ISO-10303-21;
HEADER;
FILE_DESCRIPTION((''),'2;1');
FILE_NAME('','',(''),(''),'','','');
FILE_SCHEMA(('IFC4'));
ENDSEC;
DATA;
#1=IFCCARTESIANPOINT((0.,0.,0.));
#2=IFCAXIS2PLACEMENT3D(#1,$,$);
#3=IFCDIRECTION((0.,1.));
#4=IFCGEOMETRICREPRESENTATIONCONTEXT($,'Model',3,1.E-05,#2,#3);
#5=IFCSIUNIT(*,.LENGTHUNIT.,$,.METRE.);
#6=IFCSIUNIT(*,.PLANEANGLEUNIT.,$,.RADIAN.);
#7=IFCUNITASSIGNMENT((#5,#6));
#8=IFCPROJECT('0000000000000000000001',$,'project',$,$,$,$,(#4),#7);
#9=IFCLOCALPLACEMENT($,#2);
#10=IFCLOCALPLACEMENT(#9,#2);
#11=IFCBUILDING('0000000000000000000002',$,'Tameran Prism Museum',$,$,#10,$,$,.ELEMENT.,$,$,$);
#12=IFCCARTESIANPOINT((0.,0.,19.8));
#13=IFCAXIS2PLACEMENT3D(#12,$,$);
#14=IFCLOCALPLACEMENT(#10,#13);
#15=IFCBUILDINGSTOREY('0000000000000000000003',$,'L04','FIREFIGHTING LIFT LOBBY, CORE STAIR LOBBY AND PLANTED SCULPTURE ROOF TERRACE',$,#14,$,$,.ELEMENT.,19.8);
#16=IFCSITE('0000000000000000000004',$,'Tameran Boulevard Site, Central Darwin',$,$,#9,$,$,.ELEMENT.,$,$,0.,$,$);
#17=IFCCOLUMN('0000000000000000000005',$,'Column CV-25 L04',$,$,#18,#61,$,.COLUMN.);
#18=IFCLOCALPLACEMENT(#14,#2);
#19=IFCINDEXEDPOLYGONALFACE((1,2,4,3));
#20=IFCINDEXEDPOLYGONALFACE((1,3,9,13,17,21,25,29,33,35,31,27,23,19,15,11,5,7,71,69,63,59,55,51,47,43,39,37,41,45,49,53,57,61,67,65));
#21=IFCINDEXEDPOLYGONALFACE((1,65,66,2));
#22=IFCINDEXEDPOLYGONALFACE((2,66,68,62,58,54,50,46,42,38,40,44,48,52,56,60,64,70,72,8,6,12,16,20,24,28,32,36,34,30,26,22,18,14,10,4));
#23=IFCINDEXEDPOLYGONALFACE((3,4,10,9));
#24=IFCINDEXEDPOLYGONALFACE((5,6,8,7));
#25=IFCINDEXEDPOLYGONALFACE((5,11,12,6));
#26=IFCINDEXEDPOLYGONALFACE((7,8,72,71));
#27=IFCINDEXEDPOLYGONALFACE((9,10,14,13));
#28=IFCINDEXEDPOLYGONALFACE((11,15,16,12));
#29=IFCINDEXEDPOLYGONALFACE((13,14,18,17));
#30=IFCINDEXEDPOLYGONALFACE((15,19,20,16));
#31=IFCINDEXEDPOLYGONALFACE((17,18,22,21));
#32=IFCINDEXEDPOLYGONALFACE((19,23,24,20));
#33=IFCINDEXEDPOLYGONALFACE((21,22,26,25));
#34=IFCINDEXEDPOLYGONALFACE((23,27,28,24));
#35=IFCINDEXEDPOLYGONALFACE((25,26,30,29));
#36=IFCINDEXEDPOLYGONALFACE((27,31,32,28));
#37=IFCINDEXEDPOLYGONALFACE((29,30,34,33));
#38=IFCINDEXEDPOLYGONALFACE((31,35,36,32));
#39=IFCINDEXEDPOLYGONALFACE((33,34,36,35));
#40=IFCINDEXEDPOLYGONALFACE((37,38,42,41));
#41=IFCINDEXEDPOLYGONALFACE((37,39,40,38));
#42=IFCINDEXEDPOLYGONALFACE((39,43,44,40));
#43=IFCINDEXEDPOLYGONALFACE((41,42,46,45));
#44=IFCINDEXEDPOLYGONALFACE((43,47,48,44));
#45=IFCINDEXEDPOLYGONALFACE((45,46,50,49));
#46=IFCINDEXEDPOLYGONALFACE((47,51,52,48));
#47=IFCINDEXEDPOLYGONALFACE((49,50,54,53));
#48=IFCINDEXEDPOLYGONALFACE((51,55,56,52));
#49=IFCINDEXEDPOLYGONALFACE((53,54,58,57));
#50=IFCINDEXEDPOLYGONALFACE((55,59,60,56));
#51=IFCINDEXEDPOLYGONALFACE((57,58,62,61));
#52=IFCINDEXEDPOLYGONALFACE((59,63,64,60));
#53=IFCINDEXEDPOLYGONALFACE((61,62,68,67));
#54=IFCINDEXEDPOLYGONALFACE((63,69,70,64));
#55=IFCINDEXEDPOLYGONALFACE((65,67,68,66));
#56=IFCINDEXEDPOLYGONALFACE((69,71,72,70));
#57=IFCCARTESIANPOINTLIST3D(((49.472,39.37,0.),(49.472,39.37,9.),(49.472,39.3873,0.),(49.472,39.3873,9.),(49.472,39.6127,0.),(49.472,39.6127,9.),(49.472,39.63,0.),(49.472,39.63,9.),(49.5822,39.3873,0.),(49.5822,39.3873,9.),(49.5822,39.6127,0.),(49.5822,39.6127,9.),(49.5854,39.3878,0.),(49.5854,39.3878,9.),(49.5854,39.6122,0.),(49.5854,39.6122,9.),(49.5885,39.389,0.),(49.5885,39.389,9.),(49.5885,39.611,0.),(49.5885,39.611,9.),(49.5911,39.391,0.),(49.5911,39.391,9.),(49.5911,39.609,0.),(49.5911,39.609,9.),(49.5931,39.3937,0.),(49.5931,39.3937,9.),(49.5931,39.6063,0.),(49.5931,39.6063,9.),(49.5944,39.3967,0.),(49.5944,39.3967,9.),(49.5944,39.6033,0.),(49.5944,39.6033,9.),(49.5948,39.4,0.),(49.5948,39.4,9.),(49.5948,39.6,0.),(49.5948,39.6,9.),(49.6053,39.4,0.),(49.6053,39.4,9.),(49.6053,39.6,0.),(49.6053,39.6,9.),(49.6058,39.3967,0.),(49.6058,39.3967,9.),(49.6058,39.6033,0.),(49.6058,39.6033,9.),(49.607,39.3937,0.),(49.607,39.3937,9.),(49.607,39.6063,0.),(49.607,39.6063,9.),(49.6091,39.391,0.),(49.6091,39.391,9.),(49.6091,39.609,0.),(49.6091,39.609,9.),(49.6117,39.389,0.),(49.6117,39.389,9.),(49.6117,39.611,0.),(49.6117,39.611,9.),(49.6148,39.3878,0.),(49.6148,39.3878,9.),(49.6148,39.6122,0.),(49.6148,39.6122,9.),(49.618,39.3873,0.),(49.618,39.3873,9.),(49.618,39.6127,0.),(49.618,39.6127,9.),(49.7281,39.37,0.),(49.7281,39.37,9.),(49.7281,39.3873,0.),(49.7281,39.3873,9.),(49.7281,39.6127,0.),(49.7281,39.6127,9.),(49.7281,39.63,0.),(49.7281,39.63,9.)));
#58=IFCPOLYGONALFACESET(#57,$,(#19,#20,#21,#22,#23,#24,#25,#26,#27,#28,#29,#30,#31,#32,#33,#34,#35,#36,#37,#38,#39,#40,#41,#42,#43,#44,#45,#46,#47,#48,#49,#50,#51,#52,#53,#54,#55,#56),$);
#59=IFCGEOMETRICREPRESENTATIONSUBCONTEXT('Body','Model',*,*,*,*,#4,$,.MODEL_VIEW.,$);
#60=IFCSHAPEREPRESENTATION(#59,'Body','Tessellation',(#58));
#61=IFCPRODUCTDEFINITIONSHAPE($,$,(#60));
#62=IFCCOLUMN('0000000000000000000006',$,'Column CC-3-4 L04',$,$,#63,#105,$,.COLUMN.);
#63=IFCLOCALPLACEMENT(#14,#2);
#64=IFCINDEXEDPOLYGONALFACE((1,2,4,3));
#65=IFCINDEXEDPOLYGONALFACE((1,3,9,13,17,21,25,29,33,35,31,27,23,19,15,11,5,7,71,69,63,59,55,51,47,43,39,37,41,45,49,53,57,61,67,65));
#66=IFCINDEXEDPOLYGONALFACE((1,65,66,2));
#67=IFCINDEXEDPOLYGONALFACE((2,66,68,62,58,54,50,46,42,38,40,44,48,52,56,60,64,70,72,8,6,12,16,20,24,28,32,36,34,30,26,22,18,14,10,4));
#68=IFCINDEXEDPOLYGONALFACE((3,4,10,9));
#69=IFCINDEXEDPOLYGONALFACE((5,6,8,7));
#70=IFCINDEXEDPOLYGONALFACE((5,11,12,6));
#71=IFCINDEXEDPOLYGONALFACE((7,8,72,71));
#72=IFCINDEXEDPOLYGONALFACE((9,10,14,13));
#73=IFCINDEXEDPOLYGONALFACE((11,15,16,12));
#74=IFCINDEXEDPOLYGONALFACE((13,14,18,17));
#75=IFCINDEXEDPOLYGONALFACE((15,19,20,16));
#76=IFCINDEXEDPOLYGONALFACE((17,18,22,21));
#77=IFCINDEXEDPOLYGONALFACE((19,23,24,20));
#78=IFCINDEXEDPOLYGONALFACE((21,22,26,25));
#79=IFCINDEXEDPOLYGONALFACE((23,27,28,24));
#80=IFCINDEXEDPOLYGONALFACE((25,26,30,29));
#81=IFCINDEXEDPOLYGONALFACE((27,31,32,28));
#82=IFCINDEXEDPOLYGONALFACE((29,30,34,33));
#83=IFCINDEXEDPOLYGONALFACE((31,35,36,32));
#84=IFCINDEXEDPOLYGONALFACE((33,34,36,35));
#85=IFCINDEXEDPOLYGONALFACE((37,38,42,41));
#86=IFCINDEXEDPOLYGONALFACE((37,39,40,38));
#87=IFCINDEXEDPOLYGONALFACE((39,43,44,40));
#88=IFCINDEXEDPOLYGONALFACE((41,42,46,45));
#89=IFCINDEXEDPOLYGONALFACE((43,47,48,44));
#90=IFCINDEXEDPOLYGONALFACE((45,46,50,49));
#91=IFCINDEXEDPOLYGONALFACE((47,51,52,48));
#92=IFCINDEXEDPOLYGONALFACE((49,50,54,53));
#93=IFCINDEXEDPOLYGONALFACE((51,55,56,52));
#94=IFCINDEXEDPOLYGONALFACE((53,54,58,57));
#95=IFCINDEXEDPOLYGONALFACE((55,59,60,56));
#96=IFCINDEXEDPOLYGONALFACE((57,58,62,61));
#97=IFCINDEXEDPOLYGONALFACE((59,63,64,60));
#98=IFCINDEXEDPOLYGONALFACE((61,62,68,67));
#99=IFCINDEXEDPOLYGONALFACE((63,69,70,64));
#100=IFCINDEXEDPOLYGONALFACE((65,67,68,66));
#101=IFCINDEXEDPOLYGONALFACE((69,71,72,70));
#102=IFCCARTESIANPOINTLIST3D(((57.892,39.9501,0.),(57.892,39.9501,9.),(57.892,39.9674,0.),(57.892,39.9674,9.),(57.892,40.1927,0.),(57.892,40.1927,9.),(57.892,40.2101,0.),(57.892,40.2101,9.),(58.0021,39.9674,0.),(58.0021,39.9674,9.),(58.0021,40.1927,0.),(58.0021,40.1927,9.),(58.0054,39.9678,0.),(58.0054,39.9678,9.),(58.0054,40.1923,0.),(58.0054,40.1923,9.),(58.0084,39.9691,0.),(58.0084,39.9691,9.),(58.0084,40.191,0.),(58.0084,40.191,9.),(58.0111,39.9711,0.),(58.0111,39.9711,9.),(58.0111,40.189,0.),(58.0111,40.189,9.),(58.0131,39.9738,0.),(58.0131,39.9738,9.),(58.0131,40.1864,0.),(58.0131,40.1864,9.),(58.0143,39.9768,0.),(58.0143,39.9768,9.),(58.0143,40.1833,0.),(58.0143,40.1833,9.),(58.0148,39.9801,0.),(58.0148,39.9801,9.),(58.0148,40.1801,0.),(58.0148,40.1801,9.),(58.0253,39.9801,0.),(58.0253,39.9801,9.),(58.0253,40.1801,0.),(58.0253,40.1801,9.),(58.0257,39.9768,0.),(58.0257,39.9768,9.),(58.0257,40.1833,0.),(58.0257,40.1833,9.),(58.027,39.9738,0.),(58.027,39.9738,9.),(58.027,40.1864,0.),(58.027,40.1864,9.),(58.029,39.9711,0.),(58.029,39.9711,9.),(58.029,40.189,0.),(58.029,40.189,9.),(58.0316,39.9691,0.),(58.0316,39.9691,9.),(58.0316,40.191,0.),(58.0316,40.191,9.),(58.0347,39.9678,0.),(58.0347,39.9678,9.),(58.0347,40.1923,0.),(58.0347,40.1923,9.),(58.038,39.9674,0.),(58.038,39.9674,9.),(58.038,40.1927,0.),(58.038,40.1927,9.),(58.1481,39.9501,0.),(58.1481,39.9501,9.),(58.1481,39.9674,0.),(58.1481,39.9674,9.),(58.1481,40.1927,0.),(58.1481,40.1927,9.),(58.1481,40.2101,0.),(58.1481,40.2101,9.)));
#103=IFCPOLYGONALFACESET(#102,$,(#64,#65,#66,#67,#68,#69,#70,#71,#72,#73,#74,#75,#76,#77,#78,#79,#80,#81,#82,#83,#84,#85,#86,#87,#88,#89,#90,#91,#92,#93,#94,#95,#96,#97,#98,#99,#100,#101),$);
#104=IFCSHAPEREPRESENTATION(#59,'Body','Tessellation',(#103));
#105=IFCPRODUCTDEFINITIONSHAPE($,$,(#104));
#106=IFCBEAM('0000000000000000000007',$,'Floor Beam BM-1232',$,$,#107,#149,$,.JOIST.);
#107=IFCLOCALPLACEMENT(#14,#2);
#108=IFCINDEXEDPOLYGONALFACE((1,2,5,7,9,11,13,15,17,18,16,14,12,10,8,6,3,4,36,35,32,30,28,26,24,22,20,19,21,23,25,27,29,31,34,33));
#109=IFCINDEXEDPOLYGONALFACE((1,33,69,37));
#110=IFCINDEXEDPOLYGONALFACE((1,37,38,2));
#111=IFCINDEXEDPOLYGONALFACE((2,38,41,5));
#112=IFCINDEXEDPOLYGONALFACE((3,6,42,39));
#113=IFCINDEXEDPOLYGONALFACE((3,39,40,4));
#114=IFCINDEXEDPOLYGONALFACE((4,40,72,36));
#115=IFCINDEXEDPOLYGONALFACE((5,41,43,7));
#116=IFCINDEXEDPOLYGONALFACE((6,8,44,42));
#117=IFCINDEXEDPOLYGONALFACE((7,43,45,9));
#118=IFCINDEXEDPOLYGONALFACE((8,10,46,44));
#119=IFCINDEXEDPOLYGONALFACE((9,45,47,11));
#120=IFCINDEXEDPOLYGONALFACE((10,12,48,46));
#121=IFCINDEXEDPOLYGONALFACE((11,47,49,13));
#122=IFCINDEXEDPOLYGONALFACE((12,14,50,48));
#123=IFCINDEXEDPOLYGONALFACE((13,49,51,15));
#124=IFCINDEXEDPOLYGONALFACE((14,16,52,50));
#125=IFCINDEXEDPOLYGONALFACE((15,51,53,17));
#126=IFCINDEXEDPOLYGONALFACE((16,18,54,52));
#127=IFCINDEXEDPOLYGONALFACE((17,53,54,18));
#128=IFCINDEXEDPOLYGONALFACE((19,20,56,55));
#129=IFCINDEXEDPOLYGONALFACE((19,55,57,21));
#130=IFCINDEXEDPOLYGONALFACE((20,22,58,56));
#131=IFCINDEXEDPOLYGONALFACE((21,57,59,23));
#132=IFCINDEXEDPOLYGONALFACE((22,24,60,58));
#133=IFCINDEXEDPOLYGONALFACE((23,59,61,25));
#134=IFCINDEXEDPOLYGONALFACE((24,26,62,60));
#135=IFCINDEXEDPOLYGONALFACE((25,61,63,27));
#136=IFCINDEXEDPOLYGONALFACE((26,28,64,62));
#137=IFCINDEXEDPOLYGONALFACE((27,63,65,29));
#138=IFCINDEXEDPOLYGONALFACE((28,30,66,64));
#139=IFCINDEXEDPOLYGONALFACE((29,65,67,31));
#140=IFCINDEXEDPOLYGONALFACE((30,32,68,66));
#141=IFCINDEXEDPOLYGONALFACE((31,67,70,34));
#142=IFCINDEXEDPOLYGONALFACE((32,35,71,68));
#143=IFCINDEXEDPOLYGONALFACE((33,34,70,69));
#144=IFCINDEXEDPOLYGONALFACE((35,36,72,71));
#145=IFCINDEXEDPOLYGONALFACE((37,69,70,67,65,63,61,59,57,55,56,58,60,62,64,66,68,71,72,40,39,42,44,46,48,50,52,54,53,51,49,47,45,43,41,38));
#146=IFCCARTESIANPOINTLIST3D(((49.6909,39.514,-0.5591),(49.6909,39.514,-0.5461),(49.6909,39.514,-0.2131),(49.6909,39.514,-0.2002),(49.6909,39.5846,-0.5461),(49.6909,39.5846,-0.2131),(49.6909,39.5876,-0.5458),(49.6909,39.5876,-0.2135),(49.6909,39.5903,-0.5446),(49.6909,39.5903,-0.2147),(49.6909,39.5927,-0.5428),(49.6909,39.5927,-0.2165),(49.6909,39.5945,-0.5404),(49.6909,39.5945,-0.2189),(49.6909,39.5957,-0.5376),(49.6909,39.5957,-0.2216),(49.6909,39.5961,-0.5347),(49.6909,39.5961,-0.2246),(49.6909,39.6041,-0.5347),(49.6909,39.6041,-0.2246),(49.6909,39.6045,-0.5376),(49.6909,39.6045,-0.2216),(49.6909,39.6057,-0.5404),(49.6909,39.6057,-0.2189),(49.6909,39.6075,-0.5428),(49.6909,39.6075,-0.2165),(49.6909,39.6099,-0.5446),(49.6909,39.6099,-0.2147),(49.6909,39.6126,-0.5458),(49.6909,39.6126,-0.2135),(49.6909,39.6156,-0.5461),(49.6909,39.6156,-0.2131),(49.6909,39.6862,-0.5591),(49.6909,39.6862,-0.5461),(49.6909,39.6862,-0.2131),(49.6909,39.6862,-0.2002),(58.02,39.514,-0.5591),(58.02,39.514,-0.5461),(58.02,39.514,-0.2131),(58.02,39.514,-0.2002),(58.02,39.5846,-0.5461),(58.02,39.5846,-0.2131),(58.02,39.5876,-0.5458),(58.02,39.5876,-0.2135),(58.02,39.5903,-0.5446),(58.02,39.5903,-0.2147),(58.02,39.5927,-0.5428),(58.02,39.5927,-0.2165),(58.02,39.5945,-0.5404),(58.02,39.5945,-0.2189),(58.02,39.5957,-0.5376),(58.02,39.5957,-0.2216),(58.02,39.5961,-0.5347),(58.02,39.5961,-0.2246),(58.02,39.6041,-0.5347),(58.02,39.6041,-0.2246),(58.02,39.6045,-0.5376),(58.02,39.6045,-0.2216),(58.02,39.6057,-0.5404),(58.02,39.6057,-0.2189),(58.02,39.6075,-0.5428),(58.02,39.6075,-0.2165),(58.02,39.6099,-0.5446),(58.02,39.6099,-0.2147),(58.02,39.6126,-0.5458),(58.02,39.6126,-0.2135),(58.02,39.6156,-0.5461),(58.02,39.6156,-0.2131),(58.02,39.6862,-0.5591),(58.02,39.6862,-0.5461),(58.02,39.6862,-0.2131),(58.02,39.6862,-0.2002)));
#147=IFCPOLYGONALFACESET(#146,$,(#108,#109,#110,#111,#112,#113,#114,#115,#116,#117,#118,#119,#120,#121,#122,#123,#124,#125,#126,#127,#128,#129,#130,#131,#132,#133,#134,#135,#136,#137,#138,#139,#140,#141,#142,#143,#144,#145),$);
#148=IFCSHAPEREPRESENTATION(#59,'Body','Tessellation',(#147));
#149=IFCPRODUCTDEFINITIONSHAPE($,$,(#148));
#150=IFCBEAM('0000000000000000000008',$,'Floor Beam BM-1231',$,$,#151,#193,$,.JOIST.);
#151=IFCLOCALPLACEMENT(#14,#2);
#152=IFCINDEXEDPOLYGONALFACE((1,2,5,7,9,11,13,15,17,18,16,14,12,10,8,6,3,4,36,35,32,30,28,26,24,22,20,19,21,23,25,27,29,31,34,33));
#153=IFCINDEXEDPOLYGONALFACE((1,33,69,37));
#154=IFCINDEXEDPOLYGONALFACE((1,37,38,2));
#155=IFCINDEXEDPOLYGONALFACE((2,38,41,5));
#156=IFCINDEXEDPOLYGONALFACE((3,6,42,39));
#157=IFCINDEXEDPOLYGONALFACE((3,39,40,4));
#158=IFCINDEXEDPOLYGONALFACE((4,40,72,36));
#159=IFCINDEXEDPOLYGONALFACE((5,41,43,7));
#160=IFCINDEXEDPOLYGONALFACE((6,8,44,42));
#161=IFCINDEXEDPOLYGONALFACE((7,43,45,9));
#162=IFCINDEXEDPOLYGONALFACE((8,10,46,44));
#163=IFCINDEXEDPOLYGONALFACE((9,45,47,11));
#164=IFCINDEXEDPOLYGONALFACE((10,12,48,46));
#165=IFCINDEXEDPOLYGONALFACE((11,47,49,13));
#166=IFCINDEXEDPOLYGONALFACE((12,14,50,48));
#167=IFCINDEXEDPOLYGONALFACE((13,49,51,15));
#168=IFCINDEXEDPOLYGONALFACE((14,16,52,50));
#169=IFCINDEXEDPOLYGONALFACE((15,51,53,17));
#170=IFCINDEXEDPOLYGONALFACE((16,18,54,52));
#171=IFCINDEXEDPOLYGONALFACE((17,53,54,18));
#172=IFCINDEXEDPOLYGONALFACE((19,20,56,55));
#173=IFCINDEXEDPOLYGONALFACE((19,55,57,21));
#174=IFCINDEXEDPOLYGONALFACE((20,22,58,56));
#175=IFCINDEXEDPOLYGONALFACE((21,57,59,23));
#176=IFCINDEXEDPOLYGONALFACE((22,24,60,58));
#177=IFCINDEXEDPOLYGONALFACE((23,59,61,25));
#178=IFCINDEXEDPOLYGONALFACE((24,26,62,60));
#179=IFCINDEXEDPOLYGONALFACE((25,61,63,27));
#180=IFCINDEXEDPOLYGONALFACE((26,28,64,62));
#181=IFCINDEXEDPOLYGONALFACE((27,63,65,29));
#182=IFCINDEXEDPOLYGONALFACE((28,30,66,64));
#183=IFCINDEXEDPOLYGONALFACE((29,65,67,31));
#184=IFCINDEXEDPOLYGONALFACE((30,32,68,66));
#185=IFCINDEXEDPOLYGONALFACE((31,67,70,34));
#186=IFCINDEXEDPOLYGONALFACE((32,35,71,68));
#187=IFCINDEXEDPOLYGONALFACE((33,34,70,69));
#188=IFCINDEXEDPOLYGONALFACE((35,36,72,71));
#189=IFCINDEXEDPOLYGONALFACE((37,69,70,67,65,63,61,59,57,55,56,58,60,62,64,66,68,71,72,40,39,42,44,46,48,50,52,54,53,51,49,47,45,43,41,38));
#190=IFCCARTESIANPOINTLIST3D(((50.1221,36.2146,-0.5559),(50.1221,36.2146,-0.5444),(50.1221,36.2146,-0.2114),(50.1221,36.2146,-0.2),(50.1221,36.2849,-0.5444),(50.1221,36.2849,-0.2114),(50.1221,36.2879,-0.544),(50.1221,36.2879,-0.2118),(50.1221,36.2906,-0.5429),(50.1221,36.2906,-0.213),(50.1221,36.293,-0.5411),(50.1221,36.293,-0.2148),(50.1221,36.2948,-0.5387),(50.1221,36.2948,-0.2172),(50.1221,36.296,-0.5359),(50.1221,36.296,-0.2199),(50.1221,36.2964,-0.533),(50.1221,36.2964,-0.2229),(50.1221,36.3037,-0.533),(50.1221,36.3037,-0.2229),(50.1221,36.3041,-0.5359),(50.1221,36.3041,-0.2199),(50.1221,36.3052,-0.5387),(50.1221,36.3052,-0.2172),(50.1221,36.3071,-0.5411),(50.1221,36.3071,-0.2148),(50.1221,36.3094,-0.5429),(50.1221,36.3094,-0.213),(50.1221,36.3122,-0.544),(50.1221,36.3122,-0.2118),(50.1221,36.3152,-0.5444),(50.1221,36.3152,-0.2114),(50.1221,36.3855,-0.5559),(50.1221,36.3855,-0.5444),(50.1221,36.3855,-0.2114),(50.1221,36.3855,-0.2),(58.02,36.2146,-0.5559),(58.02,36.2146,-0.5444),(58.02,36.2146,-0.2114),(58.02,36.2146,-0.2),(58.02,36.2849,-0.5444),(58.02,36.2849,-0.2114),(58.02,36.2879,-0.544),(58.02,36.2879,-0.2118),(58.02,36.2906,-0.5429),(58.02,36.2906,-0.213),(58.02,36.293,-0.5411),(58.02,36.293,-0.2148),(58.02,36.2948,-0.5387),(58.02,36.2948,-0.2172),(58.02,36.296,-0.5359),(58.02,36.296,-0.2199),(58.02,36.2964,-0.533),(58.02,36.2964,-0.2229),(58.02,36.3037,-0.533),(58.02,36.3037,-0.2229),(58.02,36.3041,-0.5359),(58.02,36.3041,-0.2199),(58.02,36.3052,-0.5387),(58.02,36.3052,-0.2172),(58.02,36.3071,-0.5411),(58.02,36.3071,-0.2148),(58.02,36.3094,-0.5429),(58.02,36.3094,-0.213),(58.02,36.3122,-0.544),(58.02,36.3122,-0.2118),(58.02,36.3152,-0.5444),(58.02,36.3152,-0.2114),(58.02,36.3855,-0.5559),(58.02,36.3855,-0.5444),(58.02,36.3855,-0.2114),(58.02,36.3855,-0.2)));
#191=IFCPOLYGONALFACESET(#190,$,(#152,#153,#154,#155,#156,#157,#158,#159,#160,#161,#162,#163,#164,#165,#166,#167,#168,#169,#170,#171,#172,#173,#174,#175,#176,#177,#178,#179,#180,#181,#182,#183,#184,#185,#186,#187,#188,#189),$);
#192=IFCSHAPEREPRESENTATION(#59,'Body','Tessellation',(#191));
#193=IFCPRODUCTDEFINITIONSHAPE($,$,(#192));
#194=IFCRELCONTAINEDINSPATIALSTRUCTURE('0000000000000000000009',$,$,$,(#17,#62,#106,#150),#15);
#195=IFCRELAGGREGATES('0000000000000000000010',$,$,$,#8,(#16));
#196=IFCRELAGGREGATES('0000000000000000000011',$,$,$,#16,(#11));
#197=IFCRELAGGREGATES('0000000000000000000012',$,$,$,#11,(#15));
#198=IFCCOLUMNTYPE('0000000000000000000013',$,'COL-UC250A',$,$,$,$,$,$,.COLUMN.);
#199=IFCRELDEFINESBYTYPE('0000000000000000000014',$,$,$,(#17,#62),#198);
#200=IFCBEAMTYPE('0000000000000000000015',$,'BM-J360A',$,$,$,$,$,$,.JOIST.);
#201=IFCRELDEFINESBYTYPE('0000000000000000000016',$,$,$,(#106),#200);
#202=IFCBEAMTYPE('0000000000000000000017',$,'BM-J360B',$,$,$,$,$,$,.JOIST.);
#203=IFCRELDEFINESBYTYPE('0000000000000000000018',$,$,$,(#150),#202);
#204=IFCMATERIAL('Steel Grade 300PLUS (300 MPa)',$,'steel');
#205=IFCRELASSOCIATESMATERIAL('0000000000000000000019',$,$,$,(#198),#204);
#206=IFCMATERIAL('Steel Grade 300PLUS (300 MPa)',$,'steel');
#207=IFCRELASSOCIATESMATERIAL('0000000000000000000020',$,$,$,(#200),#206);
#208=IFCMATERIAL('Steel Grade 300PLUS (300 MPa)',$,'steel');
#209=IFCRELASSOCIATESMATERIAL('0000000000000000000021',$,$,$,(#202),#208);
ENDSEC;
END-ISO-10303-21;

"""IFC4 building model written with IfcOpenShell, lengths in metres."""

from ifc_helpers import new_model, si_unit, direction, frame, origin, origin_2d, place, context, subcontext, project, spatial, i_section, extrude, material, material_profile, profile_set, type_object, element, save


model = new_model("IFC4")

# Units and contexts
model_context = context("Model", 3, precision=1e-05, world=origin(), true_north=direction((0.0, 1.0)))
body_context = subcontext(model_context, "Body", "Model", "MODEL_VIEW")
ifc_project = project(units=[si_unit("LENGTHUNIT", "METRE"), si_unit("PLANEANGLEUNIT", "RADIAN")], contexts=[model_context])

# Site, building, storey
site_placement = place(None, origin())
site = spatial("IfcSite", under=ifc_project, at=site_placement, Name="Tameran Boulevard Site, Central Darwin", CompositionType="ELEMENT", RefElevation=0.0)
building_placement = place(site_placement, origin())
building = spatial("IfcBuilding", under=site, at=building_placement, Name="Tameran Prism Museum", CompositionType="ELEMENT")
storey_placement = place(building_placement, frame((0.0, 0.0, 19.8)))
storey = spatial("IfcBuildingStorey", under=building, at=storey_placement, Name="L04", Description="FIREFIGHTING LIFT LOBBY, CORE STAIR LOBBY AND PLANTED SCULPTURE ROOF TERRACE", CompositionType="ELEMENT", Elevation=19.8)

# Columns
ifc_material_1 = material(Name="Steel Grade 300PLUS (300 MPa)", Category="steel")
ifc_material_profile_1 = material_profile(ifc_material_1, i_section(OverallWidth=0.2561, OverallDepth=0.26, WebThickness=0.0105, FlangeThickness=0.0173, FilletRadius=0.0127, at=origin_2d()))
ifc_profile_set_1 = profile_set([ifc_material_profile_1])
column_type = type_object("IfcColumnType", Name="COL-UC250A", PredefinedType="COLUMN", material=ifc_profile_set_1)
for number, where, z_axis, x_axis, name in (
    (1, (49.6001, 39.5, 0.0), (0.0, 0.0, 1.0), (1.0, 0.0, 0.0), "Column CV-25 L04"),
    (2, (58.02, 40.0801, 0.0), (0.0, 0.0, 1.0), (1.0, 0.0, 0.0), "Column CC-3-4 L04"),
):
    element("IfcColumn", number, at=place(storey_placement, frame(where, z_axis=z_axis, x_axis=x_axis)), inside=storey, type_object=column_type, Name=name, PredefinedType="COLUMN", context=body_context, shape_type="SweptSolid", body=[
        extrude(i_section(OverallWidth=0.2561, OverallDepth=0.26, WebThickness=0.0105, FlangeThickness=0.0173, FilletRadius=0.0127, at=origin_2d()), origin(), (0.0, 0.0, 1.0), 9.0),
    ])

# Beams
ifc_material_2 = material(Name="Steel Grade 300PLUS (300 MPa)", Category="steel")
ifc_material_profile_2 = material_profile(ifc_material_2, i_section(OverallWidth=0.1721, OverallDepth=0.3589, WebThickness=0.0081, FlangeThickness=0.0129, FilletRadius=0.0115, at=origin_2d()))
ifc_profile_set_2 = profile_set([ifc_material_profile_2])
beam_type_1 = type_object("IfcBeamType", Name="BM-J360A", PredefinedType="JOIST", material=ifc_profile_set_2)
beam_1_placement = place(storey_placement, frame((49.6909, 39.6001, -0.3796), z_axis=(1.0, 0.0, 0.0), x_axis=(0.0, 1.0, 0.0)))
element("IfcBeam", 3, at=beam_1_placement, inside=storey, type_object=beam_type_1, Name="Floor Beam BM-1232", PredefinedType="JOIST", context=body_context, shape_type="SweptSolid", body=[
    extrude(i_section(OverallWidth=0.1721, OverallDepth=0.3589, WebThickness=0.0081, FlangeThickness=0.0129, FilletRadius=0.0115, at=origin_2d()), origin(), (0.0, 0.0, 1.0), 8.3291),
])
ifc_material_3 = material(Name="Steel Grade 300PLUS (300 MPa)", Category="steel")
ifc_material_profile_3 = material_profile(ifc_material_3, i_section(OverallWidth=0.1709, OverallDepth=0.356, WebThickness=0.0073, FlangeThickness=0.0115, FilletRadius=0.0115, at=origin_2d()))
ifc_profile_set_3 = profile_set([ifc_material_profile_3])
beam_type_2 = type_object("IfcBeamType", Name="BM-J360B", PredefinedType="JOIST", material=ifc_profile_set_3)
beam_2_placement = place(storey_placement, frame((50.1221, 36.3, -0.3779), z_axis=(1.0, 0.0, 0.0), x_axis=(0.0, 1.0, 0.0)))
element("IfcBeam", 4, at=beam_2_placement, inside=storey, type_object=beam_type_2, Name="Floor Beam BM-1231", PredefinedType="JOIST", context=body_context, shape_type="SweptSolid", body=[
    extrude(i_section(OverallWidth=0.1709, OverallDepth=0.356, WebThickness=0.0073, FlangeThickness=0.0115, FilletRadius=0.0115, at=origin_2d()), origin(), (0.0, 0.0, 1.0), 7.8979),
])

save(model, "model.ifc")
